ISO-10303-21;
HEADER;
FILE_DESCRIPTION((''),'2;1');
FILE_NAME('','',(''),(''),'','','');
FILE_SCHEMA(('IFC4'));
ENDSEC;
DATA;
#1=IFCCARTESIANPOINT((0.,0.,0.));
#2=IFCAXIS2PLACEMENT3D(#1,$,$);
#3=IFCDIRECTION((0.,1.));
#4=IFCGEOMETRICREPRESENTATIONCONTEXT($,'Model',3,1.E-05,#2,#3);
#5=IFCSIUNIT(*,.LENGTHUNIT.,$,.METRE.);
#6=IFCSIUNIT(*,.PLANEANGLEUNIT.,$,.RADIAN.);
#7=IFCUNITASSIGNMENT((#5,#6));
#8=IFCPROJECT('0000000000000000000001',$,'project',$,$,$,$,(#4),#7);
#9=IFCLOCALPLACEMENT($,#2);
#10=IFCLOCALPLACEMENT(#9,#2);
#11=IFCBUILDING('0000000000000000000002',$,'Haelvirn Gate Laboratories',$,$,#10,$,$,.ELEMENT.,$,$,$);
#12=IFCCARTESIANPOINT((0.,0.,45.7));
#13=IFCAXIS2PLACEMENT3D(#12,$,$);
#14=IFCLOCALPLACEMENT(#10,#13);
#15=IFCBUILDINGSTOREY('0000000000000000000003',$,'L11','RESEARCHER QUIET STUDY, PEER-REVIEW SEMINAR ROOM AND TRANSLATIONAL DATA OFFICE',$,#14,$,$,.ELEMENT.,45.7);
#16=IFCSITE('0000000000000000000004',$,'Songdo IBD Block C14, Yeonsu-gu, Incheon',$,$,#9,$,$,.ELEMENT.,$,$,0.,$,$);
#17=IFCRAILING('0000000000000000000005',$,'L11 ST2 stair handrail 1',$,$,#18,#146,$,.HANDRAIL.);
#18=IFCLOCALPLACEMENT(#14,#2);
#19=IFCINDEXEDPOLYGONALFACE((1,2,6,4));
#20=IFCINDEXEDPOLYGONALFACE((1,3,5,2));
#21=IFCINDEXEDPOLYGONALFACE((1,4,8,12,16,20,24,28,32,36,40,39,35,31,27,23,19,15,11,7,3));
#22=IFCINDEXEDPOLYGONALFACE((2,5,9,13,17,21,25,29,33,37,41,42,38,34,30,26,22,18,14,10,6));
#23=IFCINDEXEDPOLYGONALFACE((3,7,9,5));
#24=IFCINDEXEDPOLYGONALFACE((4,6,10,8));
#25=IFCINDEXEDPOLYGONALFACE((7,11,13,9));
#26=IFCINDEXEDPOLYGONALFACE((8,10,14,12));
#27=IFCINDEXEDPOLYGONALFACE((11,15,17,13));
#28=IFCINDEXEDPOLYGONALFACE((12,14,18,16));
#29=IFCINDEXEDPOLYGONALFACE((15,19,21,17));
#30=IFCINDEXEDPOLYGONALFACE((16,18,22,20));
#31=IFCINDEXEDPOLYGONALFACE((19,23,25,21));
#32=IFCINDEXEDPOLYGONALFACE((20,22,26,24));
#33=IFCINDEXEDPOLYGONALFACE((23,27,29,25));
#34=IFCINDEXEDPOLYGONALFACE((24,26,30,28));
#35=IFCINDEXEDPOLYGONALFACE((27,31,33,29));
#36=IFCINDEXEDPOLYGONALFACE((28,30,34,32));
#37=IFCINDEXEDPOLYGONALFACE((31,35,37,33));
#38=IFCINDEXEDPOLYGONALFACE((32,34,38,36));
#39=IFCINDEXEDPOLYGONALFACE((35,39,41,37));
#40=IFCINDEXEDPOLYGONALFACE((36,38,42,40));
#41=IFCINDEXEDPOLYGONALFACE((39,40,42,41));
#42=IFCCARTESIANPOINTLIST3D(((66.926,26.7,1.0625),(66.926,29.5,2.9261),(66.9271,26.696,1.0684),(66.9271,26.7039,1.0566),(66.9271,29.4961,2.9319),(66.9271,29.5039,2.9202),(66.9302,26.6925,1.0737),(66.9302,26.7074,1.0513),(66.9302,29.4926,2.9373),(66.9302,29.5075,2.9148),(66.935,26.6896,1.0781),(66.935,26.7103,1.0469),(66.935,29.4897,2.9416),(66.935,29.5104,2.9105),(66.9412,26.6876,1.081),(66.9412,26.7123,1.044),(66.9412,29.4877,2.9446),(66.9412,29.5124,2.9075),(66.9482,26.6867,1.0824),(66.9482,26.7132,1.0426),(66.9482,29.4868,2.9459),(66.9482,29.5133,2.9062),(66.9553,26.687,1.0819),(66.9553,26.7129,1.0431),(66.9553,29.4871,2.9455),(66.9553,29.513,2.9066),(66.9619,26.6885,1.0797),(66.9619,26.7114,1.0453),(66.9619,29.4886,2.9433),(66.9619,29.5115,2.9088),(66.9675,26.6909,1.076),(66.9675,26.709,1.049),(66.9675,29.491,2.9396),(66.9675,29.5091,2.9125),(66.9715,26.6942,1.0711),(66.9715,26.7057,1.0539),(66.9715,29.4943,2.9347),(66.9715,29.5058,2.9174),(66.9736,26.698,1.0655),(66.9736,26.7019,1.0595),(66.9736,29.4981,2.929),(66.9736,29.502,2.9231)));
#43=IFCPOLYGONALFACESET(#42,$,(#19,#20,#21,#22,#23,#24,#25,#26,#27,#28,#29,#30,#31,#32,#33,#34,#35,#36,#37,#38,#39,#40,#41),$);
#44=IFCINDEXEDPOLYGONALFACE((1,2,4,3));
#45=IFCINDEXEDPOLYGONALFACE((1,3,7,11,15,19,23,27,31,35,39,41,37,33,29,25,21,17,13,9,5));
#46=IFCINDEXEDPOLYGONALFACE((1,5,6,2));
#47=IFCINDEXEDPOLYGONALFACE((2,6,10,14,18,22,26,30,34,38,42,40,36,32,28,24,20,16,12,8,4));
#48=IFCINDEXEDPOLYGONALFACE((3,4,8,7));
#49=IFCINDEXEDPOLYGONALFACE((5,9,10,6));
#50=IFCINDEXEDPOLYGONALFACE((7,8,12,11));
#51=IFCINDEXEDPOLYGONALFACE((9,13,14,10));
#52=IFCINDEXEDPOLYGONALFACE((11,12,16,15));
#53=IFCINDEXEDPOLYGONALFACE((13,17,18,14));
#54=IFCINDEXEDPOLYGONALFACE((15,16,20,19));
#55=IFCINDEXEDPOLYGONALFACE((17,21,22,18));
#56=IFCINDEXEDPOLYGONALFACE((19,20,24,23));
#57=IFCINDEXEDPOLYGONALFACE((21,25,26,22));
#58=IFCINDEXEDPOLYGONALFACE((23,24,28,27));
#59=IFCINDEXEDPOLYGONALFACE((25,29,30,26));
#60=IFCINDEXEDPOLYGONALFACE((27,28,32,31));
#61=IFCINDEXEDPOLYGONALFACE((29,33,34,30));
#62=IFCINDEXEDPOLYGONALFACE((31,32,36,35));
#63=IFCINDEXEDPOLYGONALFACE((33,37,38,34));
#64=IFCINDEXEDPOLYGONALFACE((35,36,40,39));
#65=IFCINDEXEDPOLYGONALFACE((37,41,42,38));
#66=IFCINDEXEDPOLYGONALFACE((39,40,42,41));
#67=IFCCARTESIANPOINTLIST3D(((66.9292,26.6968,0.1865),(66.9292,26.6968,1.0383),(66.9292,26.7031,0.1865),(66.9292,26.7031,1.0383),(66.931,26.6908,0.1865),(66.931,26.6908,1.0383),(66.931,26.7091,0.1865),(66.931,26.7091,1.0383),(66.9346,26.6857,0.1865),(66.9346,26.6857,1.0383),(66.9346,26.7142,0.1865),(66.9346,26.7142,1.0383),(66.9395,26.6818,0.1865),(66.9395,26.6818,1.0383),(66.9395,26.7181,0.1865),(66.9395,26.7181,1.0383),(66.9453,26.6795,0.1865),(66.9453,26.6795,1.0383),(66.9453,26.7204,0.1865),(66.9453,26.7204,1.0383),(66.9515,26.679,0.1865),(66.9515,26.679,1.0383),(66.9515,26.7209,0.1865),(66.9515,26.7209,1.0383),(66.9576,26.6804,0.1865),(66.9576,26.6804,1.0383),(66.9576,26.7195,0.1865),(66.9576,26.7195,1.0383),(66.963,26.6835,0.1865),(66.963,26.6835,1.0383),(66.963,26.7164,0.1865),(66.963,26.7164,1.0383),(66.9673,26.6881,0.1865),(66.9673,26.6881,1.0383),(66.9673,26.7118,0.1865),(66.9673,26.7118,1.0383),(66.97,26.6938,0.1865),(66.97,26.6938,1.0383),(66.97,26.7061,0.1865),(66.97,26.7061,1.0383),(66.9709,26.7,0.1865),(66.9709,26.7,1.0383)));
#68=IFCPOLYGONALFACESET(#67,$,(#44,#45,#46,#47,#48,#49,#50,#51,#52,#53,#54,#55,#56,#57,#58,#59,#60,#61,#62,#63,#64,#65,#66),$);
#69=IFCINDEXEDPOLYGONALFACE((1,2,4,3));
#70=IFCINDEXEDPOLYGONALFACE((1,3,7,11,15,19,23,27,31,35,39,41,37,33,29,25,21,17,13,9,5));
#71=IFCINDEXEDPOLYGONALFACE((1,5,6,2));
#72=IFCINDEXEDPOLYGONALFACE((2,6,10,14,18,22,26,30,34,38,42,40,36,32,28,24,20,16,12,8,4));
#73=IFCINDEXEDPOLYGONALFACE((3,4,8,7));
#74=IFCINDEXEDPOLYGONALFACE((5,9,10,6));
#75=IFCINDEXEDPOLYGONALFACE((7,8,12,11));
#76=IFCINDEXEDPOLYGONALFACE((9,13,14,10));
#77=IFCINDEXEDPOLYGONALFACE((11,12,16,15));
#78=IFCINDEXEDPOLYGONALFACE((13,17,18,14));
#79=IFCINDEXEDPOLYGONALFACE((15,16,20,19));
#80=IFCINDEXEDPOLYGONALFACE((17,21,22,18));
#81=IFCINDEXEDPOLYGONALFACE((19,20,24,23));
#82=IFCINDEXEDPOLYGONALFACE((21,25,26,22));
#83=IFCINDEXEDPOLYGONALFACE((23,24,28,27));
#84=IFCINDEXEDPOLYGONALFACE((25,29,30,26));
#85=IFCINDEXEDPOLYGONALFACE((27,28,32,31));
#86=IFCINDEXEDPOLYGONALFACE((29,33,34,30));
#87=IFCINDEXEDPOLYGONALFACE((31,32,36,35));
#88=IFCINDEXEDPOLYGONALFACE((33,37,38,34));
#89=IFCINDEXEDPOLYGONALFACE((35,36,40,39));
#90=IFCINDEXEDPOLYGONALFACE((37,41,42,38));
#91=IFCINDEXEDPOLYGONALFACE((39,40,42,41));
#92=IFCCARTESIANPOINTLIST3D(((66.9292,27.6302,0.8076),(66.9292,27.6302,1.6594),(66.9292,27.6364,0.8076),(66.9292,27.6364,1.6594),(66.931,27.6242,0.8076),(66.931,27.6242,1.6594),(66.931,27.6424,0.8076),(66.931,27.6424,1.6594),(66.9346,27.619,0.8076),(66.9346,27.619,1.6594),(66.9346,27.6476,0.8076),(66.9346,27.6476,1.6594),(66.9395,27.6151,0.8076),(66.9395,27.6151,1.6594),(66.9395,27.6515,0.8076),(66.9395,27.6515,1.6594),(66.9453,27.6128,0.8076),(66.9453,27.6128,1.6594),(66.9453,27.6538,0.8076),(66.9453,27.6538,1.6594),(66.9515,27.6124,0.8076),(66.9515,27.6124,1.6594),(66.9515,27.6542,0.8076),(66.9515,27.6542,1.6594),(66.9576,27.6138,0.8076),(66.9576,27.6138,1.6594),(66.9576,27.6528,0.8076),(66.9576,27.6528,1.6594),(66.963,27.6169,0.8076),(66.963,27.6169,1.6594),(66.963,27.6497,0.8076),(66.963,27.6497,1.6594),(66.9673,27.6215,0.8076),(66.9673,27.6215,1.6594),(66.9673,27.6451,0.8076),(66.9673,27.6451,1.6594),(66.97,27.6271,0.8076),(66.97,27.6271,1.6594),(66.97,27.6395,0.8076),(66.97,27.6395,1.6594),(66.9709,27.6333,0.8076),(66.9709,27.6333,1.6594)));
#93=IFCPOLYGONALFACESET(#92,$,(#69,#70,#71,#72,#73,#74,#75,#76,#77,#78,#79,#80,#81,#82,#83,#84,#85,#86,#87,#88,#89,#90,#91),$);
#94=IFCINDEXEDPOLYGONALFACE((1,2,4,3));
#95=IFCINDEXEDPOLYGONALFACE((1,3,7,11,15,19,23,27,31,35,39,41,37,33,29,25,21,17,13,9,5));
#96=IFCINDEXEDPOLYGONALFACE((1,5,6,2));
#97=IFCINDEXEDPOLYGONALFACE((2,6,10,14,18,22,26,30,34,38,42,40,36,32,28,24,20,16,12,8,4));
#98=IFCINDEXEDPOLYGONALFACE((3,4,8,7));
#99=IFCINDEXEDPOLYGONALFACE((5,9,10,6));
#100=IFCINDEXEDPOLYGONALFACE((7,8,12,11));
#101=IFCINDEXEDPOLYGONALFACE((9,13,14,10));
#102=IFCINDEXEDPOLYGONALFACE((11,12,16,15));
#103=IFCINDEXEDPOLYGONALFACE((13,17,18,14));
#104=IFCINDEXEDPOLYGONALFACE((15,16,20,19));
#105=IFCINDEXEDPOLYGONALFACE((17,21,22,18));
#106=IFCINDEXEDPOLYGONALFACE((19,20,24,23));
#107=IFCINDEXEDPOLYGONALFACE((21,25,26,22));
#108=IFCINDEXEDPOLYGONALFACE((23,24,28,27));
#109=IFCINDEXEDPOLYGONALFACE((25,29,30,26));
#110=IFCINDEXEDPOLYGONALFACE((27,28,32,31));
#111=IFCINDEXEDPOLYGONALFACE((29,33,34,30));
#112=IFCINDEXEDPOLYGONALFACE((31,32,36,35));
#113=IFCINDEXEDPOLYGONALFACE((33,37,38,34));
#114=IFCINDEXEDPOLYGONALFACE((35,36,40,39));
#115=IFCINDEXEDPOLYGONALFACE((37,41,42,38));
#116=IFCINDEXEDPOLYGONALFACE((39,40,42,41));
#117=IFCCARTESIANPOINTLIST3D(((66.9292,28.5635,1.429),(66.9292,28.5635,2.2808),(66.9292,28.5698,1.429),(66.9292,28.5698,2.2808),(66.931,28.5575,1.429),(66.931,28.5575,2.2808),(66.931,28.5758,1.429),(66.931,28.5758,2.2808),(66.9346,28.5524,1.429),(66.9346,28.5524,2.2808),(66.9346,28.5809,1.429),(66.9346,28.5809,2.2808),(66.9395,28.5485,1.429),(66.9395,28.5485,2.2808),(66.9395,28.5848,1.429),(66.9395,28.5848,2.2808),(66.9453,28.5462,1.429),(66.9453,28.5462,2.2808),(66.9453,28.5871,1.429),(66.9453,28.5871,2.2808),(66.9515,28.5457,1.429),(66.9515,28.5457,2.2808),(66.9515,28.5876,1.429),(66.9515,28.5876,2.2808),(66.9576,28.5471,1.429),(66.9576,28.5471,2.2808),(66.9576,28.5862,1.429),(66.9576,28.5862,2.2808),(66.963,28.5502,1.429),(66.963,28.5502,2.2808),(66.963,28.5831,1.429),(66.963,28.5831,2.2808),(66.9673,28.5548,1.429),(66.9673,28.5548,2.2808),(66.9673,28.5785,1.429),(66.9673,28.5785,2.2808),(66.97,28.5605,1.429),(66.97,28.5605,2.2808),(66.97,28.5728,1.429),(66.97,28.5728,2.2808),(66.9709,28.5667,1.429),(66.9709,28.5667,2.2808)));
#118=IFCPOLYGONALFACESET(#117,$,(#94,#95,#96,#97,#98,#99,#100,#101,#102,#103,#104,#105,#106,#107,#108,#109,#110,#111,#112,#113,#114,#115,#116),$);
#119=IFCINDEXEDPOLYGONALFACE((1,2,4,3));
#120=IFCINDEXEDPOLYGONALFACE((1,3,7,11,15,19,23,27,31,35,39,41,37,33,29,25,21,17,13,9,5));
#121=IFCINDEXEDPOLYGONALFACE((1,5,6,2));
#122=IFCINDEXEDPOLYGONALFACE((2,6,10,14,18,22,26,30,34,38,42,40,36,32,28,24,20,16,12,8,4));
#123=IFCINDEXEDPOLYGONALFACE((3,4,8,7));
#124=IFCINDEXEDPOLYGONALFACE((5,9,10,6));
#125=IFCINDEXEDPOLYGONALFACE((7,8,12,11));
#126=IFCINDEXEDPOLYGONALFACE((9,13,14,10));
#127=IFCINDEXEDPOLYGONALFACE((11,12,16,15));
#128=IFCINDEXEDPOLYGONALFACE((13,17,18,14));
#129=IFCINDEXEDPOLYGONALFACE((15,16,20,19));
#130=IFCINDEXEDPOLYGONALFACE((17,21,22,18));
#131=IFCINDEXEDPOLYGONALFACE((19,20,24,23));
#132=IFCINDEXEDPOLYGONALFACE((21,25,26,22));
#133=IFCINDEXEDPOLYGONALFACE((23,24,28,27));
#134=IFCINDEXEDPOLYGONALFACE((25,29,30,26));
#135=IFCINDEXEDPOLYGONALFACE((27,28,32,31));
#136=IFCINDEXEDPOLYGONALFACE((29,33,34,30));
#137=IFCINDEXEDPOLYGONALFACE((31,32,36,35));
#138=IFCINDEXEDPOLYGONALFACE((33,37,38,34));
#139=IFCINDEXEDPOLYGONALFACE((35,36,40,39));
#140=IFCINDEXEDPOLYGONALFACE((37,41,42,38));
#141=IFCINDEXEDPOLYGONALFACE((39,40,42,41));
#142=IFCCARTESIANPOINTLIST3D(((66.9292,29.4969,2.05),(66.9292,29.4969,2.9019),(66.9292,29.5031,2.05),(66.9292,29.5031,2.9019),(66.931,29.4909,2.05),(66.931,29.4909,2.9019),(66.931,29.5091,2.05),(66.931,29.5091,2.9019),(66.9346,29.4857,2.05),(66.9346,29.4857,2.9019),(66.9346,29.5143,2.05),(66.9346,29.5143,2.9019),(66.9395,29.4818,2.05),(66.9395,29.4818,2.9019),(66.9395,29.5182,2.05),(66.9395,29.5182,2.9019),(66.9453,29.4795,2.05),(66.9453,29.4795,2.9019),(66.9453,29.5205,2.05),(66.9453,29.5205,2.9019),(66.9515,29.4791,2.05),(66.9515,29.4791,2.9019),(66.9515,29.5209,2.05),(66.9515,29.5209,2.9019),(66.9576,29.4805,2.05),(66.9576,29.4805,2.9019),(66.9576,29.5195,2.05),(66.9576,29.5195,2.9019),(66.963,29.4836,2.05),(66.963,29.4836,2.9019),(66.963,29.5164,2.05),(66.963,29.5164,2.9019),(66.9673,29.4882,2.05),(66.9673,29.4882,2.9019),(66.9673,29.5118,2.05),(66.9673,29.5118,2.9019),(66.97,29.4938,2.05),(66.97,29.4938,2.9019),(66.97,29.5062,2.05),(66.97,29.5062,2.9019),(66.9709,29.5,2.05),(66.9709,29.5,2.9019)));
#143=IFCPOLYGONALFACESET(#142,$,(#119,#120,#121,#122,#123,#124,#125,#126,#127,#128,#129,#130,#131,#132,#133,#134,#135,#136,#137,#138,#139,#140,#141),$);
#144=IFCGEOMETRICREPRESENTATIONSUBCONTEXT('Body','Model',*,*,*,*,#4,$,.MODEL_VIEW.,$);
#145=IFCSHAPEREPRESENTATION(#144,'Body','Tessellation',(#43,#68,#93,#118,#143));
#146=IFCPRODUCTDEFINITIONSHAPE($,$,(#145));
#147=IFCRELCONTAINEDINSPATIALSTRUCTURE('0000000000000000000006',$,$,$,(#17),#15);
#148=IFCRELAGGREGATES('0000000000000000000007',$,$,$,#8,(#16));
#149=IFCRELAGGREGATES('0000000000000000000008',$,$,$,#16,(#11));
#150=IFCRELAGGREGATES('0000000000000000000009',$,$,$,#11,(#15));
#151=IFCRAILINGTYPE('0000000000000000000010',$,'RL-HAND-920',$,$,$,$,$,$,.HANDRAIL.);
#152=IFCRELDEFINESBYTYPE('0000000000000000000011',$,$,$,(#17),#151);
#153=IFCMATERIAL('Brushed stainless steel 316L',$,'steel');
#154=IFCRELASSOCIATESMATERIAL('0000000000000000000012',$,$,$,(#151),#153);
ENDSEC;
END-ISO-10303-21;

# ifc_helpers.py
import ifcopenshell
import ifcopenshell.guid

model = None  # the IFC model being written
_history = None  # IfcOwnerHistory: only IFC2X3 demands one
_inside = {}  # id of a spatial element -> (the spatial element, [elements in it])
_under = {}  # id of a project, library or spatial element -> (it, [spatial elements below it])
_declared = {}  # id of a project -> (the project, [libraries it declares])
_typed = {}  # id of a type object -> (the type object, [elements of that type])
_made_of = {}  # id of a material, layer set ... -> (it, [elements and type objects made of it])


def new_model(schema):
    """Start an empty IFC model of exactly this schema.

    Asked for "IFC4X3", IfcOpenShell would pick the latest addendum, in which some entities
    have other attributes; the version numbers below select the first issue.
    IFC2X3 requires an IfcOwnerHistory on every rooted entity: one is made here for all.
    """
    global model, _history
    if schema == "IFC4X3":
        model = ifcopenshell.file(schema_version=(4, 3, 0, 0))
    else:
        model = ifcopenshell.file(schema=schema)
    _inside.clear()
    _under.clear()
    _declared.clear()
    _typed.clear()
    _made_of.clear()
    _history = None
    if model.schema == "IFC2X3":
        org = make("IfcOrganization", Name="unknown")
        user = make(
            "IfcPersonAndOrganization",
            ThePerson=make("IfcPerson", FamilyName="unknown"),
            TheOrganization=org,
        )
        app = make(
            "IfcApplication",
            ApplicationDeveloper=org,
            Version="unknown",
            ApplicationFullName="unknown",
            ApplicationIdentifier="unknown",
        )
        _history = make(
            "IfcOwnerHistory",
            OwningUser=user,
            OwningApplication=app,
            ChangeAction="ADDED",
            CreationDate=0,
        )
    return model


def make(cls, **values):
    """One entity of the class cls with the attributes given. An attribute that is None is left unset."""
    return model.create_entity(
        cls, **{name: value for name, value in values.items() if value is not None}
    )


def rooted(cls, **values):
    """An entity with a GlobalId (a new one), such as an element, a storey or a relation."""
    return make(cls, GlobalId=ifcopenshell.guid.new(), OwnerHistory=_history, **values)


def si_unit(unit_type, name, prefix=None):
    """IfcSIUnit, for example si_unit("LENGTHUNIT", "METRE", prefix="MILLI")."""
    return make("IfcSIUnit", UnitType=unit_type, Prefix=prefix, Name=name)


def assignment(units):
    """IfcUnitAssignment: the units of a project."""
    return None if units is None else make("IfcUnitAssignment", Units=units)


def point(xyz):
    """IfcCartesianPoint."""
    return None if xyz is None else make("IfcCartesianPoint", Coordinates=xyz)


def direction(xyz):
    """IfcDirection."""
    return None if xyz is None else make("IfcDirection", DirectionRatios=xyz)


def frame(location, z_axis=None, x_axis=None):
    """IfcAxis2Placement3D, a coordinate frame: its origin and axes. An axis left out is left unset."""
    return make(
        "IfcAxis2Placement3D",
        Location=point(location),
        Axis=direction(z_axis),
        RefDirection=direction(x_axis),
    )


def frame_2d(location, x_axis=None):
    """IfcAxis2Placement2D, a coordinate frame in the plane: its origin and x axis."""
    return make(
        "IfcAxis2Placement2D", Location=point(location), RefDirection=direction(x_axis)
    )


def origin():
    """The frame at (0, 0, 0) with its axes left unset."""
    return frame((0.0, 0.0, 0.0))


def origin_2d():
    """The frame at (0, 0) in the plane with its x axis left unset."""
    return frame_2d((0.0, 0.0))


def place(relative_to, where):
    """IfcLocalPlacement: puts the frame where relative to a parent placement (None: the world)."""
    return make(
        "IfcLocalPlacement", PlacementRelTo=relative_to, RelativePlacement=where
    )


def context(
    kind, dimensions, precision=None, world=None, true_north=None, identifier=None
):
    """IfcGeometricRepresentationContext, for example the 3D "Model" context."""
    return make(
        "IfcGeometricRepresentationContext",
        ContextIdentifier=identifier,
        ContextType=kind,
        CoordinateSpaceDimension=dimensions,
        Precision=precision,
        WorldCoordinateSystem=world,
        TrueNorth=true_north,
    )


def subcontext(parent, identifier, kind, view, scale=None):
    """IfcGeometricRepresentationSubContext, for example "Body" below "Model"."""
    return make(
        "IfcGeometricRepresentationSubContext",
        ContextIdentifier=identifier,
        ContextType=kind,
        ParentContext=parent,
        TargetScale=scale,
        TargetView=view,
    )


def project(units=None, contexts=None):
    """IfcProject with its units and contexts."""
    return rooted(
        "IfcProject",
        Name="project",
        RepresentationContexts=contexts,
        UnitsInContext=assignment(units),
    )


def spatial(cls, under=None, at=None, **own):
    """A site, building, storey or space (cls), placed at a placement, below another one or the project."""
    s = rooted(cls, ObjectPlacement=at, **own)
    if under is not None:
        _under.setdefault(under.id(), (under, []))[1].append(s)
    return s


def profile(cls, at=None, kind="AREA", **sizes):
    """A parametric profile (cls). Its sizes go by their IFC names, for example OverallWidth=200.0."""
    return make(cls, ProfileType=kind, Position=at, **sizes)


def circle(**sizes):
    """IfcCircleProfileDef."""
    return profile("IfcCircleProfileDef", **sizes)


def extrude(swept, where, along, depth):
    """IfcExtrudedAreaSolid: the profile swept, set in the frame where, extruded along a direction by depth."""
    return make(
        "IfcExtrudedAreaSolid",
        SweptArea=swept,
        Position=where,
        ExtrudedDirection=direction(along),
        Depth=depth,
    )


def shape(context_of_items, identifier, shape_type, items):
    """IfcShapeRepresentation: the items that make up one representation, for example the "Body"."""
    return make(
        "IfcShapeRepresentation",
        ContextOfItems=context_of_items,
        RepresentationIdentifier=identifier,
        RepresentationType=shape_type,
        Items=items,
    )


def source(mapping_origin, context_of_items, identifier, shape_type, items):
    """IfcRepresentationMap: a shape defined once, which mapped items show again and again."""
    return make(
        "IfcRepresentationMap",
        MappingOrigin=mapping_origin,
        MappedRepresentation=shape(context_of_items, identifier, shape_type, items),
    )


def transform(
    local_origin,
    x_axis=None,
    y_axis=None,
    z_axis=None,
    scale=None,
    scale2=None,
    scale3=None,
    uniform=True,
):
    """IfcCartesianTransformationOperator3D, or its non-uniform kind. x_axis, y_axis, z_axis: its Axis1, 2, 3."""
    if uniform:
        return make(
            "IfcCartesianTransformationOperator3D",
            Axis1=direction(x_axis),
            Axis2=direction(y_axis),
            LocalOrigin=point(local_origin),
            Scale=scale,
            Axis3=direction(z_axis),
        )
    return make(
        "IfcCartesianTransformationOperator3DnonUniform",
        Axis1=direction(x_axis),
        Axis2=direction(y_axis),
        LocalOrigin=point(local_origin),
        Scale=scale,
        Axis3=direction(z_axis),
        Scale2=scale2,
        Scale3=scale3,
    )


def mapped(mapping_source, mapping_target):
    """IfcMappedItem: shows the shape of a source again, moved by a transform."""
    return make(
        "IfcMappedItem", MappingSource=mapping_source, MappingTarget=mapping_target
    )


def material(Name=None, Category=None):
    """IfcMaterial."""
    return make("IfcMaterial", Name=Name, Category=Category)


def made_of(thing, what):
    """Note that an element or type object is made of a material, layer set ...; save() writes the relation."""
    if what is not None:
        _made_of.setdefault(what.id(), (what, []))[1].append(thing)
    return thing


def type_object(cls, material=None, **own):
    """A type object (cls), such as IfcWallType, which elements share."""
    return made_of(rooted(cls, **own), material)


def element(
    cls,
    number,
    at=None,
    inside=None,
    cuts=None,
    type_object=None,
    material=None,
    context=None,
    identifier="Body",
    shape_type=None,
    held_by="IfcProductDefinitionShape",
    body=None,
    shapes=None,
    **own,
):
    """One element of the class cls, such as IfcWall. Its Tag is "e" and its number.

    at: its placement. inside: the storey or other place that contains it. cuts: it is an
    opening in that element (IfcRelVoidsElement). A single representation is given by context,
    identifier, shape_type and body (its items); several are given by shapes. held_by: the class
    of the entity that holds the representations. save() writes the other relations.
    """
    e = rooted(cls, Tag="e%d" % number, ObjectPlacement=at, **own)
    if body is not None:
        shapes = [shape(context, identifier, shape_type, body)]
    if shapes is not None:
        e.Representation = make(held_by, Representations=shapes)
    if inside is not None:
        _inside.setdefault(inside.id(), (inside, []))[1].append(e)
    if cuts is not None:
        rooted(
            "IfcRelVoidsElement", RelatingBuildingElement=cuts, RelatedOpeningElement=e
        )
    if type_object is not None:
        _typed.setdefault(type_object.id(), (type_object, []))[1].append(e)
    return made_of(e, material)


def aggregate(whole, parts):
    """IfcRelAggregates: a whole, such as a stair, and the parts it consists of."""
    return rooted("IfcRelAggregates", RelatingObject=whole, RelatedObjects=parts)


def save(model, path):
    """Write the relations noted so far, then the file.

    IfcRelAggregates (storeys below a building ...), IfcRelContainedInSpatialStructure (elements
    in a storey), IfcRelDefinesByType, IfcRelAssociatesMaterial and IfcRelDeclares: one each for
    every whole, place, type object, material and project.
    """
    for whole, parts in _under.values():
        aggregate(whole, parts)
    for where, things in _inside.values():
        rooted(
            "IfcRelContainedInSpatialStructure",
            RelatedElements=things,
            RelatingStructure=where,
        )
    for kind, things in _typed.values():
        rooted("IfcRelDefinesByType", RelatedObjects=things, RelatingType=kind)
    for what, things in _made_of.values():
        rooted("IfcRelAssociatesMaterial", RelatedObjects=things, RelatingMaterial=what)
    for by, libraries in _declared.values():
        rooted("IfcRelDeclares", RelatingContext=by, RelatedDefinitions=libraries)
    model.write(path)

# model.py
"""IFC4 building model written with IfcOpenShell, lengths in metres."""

from ifc_helpers import new_model, si_unit, direction, frame, origin, origin_2d, place, context, subcontext, project, spatial, circle, extrude, source, transform, mapped, material, type_object, element, save


model = new_model("IFC4")

# Units and contexts
model_context = context("Model", 3, precision=1e-05, world=origin(), true_north=direction((0.0, 1.0)))
body_context = subcontext(model_context, "Body", "Model", "MODEL_VIEW")
ifc_project = project(units=[si_unit("LENGTHUNIT", "METRE"), si_unit("PLANEANGLEUNIT", "RADIAN")], contexts=[model_context])

# Site, building, storey
site_placement = place(None, origin())
site = spatial("IfcSite", under=ifc_project, at=site_placement, Name="Songdo IBD Block C14, Yeonsu-gu, Incheon", CompositionType="ELEMENT", RefElevation=0.0)
building_placement = place(site_placement, origin())
building = spatial("IfcBuilding", under=site, at=building_placement, Name="Haelvirn Gate Laboratories", CompositionType="ELEMENT")
storey_placement = place(building_placement, frame((0.0, 0.0, 45.7)))
storey = spatial("IfcBuildingStorey", under=building, at=storey_placement, Name="L11", Description="RESEARCHER QUIET STUDY, PEER-REVIEW SEMINAR ROOM AND TRANSLATIONAL DATA OFFICE", CompositionType="ELEMENT", Elevation=45.7)

# Railing
ifc_material_1 = material(Name="Brushed stainless steel 316L", Category="steel")
railing_type_1 = type_object("IfcRailingType", Name="RL-HAND-920", PredefinedType="HANDRAIL", material=ifc_material_1)
shared_shape_1 = source(origin(), body_context, "Body", "SweptSolid", [
    extrude(circle(Radius=0.0239, at=origin_2d()), frame((0.0, 0.0, 0.876), z_axis=(0.0, 0.832486, 0.554047), x_axis=(-1.0, 0.0, 0.0)), (0.0, 0.0, 1.0), 3.3635),
    extrude(circle(Radius=0.021, at=origin_2d()), origin(), (0.0, 0.0, 1.0), 0.8518),
    extrude(circle(Radius=0.021, at=origin_2d()), frame((0.0, 0.9333, 0.6211)), (0.0, 0.0, 1.0), 0.8518),
    extrude(circle(Radius=0.021, at=origin_2d()), frame((0.0, 1.8667, 1.2424)), (0.0, 0.0, 1.0), 0.8518),
    extrude(circle(Radius=0.021, at=origin_2d()), frame((0.0, 2.8, 1.8635)), (0.0, 0.0, 1.0), 0.8518),
])
railing_1_placement = place(storey_placement, frame((66.95, 26.7, 0.1865)))
element("IfcRailing", 1, at=railing_1_placement, inside=storey, type_object=railing_type_1, Name="L11 ST2 stair handrail 1", PredefinedType="HANDRAIL", context=body_context, shape_type="MappedRepresentation", body=[
    mapped(shared_shape_1, transform((0.0, 0.0, 0.0), scale=1.0)),
])

save(model, "model.ifc")
